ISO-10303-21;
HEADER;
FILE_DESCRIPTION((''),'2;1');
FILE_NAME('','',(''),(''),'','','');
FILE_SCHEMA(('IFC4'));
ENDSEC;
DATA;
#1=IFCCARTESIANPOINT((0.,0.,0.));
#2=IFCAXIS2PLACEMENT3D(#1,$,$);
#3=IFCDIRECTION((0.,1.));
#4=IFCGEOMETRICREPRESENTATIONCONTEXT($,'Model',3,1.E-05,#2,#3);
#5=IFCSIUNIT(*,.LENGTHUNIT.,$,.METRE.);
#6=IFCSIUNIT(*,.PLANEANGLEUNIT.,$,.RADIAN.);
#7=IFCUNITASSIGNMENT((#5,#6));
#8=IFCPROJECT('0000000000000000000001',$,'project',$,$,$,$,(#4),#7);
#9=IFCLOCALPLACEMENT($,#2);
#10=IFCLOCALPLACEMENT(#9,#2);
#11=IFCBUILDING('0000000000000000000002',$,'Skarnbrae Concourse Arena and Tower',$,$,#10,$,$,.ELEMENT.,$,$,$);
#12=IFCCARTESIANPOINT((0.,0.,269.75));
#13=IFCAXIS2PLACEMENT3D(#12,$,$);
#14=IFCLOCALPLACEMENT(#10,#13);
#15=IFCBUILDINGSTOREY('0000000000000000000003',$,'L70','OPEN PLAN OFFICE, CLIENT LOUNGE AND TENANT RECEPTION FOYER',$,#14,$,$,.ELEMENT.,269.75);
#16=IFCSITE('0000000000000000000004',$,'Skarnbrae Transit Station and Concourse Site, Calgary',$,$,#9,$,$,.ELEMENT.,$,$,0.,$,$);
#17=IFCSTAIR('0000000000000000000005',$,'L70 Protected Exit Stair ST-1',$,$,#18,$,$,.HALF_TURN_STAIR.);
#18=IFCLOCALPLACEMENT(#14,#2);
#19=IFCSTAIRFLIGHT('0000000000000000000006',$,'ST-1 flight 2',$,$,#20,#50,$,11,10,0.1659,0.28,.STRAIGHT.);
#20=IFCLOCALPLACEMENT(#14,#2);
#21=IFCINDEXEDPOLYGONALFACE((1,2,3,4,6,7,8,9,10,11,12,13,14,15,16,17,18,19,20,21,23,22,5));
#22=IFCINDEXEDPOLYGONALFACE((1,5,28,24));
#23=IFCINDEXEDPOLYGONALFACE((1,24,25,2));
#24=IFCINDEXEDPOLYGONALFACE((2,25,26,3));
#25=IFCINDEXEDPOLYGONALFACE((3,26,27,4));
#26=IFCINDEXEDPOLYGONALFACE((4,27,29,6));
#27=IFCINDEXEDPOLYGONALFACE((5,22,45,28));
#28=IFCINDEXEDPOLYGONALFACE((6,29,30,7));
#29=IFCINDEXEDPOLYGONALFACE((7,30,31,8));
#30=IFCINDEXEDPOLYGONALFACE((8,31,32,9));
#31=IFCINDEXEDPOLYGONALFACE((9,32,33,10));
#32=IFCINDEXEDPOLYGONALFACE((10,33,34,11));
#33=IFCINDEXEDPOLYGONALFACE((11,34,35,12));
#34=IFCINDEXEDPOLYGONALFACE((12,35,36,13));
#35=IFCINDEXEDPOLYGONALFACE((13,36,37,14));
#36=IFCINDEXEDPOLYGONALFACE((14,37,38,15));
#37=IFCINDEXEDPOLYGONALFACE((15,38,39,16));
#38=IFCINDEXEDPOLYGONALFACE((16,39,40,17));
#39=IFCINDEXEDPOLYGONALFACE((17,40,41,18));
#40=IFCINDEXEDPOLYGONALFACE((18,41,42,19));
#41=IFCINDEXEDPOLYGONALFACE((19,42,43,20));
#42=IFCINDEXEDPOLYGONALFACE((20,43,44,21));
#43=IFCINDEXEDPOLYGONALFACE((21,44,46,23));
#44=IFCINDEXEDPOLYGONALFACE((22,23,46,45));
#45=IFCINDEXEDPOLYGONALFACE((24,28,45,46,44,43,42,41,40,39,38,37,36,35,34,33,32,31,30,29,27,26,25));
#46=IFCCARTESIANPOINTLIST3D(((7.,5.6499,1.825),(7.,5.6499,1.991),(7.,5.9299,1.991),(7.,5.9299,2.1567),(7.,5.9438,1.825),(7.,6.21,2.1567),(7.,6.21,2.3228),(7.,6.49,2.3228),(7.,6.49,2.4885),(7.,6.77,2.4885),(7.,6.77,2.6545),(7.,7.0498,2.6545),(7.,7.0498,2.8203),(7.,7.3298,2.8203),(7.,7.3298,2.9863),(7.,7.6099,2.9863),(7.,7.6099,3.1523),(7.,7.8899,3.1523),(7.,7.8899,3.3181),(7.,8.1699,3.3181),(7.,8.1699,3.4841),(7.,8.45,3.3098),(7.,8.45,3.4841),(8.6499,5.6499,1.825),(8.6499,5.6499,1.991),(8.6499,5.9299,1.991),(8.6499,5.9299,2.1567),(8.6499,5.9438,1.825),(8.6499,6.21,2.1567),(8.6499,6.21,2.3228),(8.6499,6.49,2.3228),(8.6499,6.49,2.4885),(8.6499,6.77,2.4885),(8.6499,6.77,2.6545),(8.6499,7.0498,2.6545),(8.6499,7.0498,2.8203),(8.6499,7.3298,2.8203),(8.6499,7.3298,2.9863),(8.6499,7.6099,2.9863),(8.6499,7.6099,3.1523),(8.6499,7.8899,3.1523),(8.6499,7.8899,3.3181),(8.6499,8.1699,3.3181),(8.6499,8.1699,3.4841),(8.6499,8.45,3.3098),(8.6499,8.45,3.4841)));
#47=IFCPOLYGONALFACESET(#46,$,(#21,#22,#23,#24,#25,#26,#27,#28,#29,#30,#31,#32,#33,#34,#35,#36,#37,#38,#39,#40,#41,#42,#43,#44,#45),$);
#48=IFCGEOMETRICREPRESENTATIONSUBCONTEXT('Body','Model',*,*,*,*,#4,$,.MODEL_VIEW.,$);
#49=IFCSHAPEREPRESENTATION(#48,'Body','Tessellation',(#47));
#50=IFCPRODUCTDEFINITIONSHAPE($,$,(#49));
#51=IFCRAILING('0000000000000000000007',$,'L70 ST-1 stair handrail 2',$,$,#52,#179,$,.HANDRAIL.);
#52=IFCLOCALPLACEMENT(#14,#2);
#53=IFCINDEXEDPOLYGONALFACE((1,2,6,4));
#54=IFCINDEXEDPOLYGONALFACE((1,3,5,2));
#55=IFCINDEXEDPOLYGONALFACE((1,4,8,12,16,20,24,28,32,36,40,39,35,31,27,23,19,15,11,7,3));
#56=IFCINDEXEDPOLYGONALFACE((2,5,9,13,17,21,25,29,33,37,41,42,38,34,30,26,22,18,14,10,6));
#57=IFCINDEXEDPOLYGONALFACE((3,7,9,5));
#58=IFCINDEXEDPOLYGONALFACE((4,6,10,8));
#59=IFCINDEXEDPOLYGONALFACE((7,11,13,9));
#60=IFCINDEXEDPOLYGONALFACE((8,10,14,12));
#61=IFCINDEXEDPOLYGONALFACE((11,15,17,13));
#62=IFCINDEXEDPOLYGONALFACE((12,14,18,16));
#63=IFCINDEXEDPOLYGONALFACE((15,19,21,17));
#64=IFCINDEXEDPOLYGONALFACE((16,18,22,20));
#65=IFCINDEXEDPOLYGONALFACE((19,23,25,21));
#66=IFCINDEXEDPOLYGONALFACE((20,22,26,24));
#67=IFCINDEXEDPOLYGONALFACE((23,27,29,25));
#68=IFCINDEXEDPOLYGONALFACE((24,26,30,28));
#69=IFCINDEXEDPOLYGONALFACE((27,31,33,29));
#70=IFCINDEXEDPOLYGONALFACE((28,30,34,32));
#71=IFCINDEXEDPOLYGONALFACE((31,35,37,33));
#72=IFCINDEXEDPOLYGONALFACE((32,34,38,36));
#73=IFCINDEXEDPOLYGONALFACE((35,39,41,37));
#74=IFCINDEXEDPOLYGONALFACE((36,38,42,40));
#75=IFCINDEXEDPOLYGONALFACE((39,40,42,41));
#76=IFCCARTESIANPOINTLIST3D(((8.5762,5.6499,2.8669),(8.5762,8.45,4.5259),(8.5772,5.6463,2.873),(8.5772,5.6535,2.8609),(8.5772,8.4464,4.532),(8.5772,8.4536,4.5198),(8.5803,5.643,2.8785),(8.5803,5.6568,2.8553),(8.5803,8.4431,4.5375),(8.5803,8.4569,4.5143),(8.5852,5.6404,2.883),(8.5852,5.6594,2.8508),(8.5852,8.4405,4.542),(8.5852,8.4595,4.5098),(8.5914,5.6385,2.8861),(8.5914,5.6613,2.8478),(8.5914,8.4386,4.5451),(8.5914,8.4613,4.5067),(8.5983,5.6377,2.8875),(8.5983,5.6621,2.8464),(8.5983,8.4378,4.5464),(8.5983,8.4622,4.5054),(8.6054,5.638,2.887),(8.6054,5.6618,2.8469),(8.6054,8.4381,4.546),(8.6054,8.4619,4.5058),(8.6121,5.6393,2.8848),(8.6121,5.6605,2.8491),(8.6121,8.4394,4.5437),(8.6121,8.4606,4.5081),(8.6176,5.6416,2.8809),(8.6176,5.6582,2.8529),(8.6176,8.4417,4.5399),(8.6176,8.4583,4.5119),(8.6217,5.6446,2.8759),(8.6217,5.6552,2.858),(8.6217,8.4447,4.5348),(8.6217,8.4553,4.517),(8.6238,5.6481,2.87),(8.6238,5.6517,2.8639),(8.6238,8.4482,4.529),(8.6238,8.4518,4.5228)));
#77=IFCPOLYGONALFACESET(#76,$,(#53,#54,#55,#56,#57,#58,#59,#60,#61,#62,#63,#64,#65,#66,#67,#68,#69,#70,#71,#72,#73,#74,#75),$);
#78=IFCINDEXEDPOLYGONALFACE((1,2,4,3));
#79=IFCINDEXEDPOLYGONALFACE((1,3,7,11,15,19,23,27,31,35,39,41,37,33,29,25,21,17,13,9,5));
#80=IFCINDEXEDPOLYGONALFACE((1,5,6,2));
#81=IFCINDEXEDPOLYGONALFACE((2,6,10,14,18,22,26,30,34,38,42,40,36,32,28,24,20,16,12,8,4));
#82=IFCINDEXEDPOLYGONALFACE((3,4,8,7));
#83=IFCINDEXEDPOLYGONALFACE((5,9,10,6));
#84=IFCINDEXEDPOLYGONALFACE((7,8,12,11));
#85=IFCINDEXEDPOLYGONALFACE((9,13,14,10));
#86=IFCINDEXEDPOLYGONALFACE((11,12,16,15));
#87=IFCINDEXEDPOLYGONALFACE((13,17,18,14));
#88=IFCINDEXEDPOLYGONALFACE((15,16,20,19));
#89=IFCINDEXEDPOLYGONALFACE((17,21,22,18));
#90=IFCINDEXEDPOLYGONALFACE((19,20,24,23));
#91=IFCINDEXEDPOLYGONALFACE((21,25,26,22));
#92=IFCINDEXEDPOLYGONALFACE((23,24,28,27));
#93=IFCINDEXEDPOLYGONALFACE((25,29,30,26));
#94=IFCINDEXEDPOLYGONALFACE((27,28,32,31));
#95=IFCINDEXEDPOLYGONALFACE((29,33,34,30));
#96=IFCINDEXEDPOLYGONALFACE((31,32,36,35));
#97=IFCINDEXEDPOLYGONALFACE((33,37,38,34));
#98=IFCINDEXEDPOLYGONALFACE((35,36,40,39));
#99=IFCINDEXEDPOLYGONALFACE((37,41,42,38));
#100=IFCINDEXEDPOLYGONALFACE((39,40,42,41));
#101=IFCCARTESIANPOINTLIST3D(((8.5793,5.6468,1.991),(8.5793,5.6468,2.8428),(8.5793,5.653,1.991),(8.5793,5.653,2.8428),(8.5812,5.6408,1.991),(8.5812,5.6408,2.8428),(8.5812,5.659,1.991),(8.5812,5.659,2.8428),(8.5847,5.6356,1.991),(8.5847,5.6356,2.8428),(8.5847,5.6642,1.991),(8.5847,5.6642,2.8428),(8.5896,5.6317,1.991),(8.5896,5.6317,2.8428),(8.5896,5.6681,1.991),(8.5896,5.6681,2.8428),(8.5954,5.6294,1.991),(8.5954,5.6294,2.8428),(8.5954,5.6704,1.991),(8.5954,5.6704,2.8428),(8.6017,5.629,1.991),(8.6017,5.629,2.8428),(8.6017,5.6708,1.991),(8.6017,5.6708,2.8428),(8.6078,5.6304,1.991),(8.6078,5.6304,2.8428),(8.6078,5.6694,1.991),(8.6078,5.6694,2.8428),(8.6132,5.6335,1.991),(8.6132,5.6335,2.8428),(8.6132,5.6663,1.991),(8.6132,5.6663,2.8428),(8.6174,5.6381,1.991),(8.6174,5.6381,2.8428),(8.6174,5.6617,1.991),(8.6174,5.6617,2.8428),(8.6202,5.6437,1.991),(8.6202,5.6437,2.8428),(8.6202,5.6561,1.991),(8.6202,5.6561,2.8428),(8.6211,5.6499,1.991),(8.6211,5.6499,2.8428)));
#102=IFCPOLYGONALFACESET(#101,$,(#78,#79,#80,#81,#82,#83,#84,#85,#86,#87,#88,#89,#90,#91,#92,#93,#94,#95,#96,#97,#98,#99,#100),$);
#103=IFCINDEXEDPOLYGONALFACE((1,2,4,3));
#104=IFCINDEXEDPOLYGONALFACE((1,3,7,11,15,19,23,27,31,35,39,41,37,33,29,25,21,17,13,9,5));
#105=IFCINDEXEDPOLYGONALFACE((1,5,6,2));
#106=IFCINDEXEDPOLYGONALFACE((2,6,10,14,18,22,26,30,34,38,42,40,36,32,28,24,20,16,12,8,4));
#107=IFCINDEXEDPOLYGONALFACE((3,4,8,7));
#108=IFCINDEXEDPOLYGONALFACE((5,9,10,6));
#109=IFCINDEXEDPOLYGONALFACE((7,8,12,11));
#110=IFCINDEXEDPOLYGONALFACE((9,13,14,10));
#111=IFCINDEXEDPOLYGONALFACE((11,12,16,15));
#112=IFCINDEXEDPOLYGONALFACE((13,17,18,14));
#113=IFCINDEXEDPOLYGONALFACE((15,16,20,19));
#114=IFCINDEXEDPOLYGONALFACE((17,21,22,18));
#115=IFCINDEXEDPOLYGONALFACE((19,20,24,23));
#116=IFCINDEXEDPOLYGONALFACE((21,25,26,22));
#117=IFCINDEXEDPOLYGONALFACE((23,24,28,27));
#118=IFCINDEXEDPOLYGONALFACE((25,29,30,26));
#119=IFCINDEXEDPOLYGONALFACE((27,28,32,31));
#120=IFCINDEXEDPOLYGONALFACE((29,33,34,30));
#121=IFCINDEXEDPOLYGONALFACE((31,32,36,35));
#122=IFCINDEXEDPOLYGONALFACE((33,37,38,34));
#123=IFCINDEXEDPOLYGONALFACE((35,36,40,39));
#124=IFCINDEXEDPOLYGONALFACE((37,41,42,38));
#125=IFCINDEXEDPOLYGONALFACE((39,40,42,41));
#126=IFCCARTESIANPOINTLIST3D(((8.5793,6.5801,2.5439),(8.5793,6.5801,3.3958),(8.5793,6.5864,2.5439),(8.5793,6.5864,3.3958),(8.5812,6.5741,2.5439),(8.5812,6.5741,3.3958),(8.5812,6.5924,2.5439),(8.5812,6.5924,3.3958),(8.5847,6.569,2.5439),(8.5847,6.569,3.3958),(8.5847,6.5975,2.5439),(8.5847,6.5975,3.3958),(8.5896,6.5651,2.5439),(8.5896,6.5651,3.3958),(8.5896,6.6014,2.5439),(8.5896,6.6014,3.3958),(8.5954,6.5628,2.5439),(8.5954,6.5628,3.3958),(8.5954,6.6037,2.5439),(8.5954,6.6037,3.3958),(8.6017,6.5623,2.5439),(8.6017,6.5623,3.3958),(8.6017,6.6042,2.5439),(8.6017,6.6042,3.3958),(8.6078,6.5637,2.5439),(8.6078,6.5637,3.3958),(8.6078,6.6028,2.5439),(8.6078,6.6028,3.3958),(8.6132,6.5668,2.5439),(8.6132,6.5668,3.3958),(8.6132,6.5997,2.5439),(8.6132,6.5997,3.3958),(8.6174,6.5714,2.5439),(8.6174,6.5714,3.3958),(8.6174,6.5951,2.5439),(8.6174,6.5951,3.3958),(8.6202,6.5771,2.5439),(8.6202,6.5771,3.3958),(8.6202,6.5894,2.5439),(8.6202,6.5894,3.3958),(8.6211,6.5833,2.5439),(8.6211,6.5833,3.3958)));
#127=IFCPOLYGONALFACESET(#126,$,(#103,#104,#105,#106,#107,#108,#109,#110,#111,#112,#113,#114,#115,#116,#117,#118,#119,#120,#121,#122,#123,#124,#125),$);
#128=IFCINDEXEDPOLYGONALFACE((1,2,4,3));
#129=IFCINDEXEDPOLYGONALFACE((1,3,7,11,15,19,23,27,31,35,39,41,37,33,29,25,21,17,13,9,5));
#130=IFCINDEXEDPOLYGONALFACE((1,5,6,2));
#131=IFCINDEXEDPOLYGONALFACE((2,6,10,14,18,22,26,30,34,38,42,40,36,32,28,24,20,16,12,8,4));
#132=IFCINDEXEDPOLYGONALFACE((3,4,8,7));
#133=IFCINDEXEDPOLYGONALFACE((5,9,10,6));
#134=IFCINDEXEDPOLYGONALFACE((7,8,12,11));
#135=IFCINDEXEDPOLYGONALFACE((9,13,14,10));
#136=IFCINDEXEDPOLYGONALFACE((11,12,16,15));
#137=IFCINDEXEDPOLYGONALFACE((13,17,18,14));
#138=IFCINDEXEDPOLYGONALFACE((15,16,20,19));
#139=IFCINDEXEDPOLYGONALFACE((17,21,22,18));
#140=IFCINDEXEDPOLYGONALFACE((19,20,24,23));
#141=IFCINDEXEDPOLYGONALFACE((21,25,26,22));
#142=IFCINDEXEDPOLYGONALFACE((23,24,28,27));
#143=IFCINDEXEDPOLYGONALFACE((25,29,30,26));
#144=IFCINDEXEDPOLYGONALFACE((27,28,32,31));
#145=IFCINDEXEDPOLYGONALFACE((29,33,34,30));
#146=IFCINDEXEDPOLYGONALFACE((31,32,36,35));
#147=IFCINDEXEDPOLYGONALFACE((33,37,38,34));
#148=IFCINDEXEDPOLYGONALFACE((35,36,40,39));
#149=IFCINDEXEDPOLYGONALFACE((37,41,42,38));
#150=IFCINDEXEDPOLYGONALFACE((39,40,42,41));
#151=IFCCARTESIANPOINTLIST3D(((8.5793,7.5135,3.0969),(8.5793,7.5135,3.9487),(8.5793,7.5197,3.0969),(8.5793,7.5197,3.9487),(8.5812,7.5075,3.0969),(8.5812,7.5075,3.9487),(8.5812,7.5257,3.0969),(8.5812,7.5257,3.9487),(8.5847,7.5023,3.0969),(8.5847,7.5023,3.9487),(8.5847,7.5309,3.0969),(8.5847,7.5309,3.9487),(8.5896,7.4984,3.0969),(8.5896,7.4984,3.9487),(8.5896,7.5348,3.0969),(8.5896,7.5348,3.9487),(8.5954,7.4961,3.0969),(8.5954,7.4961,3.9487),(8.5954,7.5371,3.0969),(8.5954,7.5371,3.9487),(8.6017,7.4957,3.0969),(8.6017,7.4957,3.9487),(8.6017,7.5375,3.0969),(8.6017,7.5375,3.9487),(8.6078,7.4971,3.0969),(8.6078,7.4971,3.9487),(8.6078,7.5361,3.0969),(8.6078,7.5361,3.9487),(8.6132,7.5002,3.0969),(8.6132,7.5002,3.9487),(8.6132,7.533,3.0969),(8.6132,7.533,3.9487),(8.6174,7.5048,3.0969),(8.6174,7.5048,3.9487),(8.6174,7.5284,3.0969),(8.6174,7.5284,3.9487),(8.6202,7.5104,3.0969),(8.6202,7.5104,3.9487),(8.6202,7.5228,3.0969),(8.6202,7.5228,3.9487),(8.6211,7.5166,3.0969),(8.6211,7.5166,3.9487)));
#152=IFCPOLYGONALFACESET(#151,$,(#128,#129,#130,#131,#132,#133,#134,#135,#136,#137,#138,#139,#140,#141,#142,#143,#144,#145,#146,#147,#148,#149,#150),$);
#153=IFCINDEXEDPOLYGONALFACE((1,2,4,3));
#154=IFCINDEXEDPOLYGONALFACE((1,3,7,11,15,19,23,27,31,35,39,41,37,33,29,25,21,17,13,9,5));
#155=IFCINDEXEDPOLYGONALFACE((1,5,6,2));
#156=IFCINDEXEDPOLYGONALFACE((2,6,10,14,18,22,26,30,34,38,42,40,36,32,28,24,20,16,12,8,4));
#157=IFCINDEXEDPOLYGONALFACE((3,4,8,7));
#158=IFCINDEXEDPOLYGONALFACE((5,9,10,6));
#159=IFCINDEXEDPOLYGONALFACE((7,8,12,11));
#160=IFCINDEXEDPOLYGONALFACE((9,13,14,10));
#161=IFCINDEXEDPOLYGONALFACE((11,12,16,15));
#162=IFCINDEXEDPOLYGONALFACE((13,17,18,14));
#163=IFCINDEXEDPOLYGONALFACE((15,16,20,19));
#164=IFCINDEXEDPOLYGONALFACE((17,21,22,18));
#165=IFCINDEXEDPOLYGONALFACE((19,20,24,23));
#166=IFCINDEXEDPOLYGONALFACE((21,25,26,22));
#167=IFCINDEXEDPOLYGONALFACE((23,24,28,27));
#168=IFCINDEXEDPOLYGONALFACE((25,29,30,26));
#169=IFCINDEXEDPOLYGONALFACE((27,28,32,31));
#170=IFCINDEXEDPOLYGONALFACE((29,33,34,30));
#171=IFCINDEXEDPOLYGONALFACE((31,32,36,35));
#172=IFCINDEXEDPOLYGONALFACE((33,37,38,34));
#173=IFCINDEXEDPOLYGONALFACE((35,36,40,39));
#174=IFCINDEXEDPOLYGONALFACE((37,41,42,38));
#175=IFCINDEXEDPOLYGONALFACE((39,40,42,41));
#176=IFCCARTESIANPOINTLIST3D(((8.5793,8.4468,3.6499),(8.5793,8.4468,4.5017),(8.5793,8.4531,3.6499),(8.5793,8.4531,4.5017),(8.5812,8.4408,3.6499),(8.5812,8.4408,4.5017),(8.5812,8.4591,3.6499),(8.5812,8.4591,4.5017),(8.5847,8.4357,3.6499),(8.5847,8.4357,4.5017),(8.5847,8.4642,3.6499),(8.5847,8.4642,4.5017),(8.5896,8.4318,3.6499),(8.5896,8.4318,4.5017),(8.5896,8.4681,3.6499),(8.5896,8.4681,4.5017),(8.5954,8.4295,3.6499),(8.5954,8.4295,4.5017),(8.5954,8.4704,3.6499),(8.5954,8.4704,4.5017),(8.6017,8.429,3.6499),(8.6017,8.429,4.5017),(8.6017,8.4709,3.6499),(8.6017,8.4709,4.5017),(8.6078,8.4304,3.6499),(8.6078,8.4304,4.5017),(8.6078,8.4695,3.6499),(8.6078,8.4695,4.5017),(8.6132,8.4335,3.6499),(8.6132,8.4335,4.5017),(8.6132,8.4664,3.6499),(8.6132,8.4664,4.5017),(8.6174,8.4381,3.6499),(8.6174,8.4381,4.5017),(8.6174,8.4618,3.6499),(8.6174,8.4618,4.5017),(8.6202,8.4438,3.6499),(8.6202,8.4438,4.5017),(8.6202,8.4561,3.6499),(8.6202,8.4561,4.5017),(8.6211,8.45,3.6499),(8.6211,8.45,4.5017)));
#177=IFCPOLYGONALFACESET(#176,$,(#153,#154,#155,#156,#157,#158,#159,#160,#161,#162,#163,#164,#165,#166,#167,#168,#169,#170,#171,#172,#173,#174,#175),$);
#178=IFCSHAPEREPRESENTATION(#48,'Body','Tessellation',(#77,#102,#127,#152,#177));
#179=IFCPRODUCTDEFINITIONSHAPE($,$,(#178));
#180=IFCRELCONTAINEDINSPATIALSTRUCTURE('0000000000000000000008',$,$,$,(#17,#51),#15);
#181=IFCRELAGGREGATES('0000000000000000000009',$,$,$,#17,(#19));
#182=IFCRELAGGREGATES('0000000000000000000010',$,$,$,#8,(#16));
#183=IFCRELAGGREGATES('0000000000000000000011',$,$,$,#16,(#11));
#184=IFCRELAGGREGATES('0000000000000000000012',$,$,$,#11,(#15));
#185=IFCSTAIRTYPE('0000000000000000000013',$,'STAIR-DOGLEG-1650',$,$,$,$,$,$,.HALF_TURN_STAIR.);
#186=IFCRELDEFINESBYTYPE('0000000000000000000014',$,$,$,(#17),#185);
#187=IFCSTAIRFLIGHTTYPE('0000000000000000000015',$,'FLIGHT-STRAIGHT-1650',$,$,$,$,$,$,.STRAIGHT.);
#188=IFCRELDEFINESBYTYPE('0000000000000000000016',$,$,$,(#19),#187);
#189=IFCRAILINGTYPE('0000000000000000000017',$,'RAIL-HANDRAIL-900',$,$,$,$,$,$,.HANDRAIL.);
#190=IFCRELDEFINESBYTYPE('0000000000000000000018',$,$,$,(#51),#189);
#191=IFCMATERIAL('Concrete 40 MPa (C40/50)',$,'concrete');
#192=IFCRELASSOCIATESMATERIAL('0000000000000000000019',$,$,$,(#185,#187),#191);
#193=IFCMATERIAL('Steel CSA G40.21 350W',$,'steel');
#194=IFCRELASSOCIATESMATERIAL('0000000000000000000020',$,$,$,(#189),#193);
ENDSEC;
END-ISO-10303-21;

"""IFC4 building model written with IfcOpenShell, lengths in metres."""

from ifc_helpers import new_model, si_unit, direction, frame, origin, origin_2d, place, context, subcontext, project, spatial, polyline, circle, outline, extrude, source, transform, mapped, material, type_object, element, aggregate, save


model = new_model("IFC4")

# Units and contexts
model_context = context("Model", 3, precision=1e-05, world=origin(), true_north=direction((0.0, 1.0)))
body_context = subcontext(model_context, "Body", "Model", "MODEL_VIEW")
ifc_project = project(units=[si_unit("LENGTHUNIT", "METRE"), si_unit("PLANEANGLEUNIT", "RADIAN")], contexts=[model_context])

# Site, building, storey
site_placement = place(None, origin())
site = spatial("IfcSite", under=ifc_project, at=site_placement, Name="Skarnbrae Transit Station and Concourse Site, Calgary", CompositionType="ELEMENT", RefElevation=0.0)
building_placement = place(site_placement, origin())
building = spatial("IfcBuilding", under=site, at=building_placement, Name="Skarnbrae Concourse Arena and Tower", CompositionType="ELEMENT")
storey_placement = place(building_placement, frame((0.0, 0.0, 269.75)))
storey = spatial("IfcBuildingStorey", under=building, at=storey_placement, Name="L70", Description="OPEN PLAN OFFICE, CLIENT LOUNGE AND TENANT RECEPTION FOYER", CompositionType="ELEMENT", Elevation=269.75)

# Shared definitions
ifc_material_1 = material(Name="Steel CSA G40.21 350W", Category="steel")

# Stair, stair flight
ifc_material_2 = material(Name="Concrete 40 MPa (C40/50)", Category="concrete")
stair_type = type_object("IfcStairType", Name="STAIR-DOGLEG-1650", PredefinedType="HALF_TURN_STAIR", material=ifc_material_2)
stair_placement = place(storey_placement, origin())
stair = element("IfcStair", 1, at=stair_placement, inside=storey, type_object=stair_type, Name="L70 Protected Exit Stair ST-1", PredefinedType="HALF_TURN_STAIR")
stair_flight_type = type_object("IfcStairFlightType", Name="FLIGHT-STRAIGHT-1650", PredefinedType="STRAIGHT", material=ifc_material_2)
shared_shape_1 = source(origin(), body_context, "Body", "SweptSolid", [
    extrude(outline(polyline([(0.0, 0.0), (0.0, 0.166), (0.28, 0.166), (0.28, 0.3318), (0.5601, 0.3318), (0.5601, 0.4978), (0.8401, 0.4978), (0.8401, 0.6636), (1.1201, 0.6636), (1.1201, 0.8296), (1.3999, 0.8296), (1.3999, 0.9954), (1.6799, 0.9954), (1.6799, 1.1614), (1.96, 1.1614), (1.96, 1.3274), (2.24, 1.3274), (2.24, 1.4932), (2.52, 1.4932), (2.52, 1.6592), (2.8, 1.6592), (2.8, 1.825), (2.8, 1.4849), (0.2939, 0.0), (0.0, 0.0)])), frame((0.0, 0.825, 0.0), z_axis=(0.0, -1.0, 0.0), x_axis=(1.0, 0.0, 0.0)), (0.0, 0.0, 1.0), 1.6499),
])
stair_flight_placement = place(storey_placement, frame((7.825, 5.6499, 1.825), z_axis=(0.0, 0.0, 1.0), x_axis=(0.0, 1.0, 0.0)))
stair_flight = element("IfcStairFlight", 2, at=stair_flight_placement, type_object=stair_flight_type, Name="ST-1 flight 2", NumberOfRisers=11, NumberOfTreads=10, PredefinedType="STRAIGHT", RiserHeight=0.1659, TreadLength=0.28, context=body_context, shape_type="MappedRepresentation", body=[
    mapped(shared_shape_1, transform((0.0, 0.0, 0.0))),
])
aggregate(stair, [stair_flight])

# Railing
railing_type_1 = type_object("IfcRailingType", Name="RAIL-HANDRAIL-900", PredefinedType="HANDRAIL", material=ifc_material_1)
railing_1_placement = place(storey_placement, frame((8.6001, 5.6499, 1.991)))
element("IfcRailing", 3, at=railing_1_placement, inside=storey, type_object=railing_type_1, Name="L70 ST-1 stair handrail 2", PredefinedType="HANDRAIL", context=body_context, shape_type="SweptSolid", body=[
    extrude(circle(Radius=0.0239, at=origin_2d()), frame((0.0, 0.0, 0.876), z_axis=(0.0, 0.860339, 0.509722), x_axis=(-1.0, 0.0, 0.0)), (0.0, 0.0, 1.0), 3.2546),
    extrude(circle(Radius=0.021, at=origin_2d()), origin(), (0.0, 0.0, 1.0), 0.8518),
    extrude(circle(Radius=0.021, at=origin_2d()), frame((0.0, 0.9333, 0.553)), (0.0, 0.0, 1.0), 0.8518),
    extrude(circle(Radius=0.021, at=origin_2d()), frame((0.0, 1.8667, 1.106)), (0.0, 0.0, 1.0), 0.8518),
    extrude(circle(Radius=0.021, at=origin_2d()), frame((0.0, 2.8, 1.6589)), (0.0, 0.0, 1.0), 0.8518),
])

save(model, "model.ifc")
